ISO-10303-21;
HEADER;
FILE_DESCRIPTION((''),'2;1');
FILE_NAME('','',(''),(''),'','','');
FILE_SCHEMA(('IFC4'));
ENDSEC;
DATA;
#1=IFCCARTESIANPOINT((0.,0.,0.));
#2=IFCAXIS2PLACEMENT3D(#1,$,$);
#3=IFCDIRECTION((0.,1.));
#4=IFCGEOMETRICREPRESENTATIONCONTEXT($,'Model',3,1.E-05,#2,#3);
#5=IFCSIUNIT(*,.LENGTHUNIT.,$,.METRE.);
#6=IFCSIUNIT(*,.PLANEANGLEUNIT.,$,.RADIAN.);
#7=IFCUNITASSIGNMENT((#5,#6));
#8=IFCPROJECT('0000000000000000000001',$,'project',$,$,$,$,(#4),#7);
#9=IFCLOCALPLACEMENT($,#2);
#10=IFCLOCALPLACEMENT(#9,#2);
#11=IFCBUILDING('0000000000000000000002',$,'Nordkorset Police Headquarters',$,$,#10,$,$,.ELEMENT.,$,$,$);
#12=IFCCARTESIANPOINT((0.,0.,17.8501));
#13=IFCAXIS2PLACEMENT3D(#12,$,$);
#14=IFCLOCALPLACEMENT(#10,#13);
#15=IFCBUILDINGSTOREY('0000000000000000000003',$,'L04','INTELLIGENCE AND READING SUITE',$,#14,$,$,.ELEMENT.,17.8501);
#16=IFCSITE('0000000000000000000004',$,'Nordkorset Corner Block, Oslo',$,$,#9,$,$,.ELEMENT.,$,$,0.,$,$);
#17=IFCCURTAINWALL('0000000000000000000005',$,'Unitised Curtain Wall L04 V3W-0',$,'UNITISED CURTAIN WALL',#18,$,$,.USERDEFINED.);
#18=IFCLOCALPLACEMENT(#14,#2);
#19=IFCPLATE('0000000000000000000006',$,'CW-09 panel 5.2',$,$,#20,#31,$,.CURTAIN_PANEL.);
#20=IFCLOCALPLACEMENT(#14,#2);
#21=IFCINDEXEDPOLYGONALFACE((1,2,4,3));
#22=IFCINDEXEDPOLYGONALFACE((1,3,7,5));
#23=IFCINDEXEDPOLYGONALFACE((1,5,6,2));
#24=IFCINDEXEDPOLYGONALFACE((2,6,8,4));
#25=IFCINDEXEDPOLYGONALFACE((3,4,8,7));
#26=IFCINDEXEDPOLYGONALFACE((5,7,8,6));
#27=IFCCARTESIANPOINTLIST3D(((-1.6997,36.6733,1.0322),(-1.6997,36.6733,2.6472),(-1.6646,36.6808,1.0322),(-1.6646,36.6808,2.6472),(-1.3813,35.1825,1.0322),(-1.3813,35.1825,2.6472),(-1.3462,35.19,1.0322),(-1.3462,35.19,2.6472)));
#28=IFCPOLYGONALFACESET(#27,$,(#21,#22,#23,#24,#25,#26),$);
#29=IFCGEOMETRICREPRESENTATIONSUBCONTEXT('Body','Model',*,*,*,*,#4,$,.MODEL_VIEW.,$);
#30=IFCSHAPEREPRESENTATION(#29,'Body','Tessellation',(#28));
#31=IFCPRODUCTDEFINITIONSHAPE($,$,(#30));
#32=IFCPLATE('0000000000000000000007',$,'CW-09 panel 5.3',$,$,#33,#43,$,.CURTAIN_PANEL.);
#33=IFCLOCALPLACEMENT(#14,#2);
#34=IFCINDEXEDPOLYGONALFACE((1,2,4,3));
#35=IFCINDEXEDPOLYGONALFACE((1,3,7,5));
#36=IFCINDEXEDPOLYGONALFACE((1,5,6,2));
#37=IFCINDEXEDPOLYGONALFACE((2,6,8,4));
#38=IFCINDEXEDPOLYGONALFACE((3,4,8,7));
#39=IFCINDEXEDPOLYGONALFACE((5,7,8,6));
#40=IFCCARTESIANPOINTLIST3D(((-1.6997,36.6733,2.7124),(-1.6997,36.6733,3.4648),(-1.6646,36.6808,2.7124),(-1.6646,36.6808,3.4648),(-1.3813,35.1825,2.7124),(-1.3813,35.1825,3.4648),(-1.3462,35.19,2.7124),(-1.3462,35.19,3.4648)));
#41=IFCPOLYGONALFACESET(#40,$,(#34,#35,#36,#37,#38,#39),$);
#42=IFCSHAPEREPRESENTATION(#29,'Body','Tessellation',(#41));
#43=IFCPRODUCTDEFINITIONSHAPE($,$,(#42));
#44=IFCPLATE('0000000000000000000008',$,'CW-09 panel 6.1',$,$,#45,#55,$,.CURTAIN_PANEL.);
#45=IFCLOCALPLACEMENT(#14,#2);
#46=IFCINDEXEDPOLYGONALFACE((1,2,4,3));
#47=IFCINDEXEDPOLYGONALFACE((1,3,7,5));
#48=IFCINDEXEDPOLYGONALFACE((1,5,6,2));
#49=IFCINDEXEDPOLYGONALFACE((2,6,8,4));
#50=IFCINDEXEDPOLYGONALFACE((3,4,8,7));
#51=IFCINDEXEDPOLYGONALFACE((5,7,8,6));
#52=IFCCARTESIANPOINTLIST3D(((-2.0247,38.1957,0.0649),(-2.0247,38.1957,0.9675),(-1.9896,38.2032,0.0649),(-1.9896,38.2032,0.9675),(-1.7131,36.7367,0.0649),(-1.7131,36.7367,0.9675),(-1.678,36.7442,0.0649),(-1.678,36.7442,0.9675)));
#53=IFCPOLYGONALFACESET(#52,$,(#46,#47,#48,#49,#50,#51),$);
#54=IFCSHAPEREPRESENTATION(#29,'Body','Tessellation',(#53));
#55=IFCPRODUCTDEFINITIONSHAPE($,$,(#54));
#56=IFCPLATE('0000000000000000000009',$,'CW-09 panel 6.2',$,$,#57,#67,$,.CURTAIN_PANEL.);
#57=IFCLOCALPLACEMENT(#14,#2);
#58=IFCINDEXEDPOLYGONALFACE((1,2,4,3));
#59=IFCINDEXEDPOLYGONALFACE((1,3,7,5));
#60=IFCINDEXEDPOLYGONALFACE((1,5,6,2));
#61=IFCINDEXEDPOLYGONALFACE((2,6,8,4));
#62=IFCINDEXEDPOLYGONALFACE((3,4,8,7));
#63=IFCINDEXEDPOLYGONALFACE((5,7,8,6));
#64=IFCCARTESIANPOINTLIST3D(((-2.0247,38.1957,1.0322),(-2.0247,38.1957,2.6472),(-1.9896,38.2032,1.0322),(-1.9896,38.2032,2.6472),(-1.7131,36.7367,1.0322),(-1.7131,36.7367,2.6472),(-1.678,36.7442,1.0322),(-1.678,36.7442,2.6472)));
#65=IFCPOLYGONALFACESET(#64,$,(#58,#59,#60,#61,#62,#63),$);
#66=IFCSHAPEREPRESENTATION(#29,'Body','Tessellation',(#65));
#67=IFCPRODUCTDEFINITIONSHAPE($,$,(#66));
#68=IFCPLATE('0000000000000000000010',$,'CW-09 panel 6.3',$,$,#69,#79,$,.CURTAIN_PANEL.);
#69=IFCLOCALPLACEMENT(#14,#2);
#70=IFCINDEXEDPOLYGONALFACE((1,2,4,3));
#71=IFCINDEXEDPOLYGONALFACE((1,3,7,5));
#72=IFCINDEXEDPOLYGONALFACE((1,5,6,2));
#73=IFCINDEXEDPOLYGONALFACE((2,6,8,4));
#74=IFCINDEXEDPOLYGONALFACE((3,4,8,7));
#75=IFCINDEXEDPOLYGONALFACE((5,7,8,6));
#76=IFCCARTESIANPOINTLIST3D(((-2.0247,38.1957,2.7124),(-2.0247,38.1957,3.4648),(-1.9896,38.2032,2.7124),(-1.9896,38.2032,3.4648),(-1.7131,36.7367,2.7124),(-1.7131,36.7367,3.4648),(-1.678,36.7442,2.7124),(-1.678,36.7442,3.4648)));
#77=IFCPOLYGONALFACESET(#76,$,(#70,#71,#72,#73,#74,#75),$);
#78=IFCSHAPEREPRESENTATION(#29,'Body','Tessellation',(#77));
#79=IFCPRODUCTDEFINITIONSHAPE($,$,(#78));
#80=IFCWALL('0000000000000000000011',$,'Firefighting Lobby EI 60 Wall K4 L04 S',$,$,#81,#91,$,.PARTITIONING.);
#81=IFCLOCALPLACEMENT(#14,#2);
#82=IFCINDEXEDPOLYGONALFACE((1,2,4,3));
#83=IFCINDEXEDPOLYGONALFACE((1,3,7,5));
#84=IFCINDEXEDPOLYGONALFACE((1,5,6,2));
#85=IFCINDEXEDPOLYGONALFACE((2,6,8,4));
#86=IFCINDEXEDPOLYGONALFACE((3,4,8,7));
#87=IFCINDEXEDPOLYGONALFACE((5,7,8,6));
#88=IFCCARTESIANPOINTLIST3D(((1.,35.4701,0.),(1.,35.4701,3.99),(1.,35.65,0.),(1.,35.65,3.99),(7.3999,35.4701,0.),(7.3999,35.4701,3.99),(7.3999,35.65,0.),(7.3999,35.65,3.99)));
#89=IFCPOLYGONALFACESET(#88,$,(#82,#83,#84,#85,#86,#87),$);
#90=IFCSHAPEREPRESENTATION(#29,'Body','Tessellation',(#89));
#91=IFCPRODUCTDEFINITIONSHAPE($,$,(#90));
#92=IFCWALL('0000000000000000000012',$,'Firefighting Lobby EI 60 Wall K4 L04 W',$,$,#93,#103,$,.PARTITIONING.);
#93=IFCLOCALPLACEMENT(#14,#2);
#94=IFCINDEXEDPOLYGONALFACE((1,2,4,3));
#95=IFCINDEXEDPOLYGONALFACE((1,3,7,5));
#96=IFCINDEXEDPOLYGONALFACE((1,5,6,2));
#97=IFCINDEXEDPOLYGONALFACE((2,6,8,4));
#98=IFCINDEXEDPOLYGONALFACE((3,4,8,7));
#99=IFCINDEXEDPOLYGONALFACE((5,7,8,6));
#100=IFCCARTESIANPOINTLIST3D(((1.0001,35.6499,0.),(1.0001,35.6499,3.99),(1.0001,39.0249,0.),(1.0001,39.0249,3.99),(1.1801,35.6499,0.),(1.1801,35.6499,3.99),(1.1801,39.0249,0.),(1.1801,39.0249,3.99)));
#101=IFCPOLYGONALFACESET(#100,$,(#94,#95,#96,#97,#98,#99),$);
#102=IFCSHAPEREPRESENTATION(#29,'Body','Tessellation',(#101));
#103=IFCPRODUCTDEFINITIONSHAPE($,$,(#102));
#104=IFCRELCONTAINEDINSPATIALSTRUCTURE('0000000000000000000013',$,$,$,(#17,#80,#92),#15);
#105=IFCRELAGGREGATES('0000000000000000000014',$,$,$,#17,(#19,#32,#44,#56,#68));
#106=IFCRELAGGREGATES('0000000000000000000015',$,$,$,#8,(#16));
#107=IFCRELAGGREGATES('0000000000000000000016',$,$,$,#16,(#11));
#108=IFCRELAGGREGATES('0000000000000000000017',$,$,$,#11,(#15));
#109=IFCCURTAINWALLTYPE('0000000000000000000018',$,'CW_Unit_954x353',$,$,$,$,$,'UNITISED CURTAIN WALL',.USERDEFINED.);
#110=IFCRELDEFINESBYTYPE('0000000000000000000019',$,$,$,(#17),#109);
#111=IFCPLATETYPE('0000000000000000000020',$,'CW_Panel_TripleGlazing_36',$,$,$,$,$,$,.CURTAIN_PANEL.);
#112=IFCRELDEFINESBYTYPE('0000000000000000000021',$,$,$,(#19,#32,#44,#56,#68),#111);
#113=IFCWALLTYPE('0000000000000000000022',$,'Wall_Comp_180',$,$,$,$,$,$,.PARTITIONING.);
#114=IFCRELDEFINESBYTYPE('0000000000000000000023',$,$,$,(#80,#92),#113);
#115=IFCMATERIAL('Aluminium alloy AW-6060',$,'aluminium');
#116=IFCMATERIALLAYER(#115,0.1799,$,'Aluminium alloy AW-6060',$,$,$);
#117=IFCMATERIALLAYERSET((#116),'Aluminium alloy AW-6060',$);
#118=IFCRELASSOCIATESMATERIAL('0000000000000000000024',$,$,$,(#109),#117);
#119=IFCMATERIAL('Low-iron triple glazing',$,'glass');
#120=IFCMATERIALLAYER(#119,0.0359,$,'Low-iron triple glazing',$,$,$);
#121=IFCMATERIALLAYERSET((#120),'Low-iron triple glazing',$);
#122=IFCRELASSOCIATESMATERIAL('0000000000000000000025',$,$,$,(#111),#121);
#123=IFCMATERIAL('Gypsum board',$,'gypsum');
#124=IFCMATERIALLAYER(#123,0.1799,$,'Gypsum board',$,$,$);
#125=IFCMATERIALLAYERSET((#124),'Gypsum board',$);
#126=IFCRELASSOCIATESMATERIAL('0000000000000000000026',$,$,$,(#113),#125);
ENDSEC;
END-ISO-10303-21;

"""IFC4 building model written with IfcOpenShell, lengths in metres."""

from ifc_helpers import new_model, si_unit, direction, frame, frame_2d, origin, origin_2d, place, context, subcontext, project, spatial, rectangle, extrude, material, layer, layer_set, type_object, element, aggregate, save


model = new_model("IFC4")

# Units and contexts
model_context = context("Model", 3, precision=1e-05, world=origin(), true_north=direction((0.0, 1.0)))
body_context = subcontext(model_context, "Body", "Model", "MODEL_VIEW")
ifc_project = project(units=[si_unit("LENGTHUNIT", "METRE"), si_unit("PLANEANGLEUNIT", "RADIAN")], contexts=[model_context])

# Site, building, storey
site_placement = place(None, origin())
site = spatial("IfcSite", under=ifc_project, at=site_placement, Name="Nordkorset Corner Block, Oslo", CompositionType="ELEMENT", RefElevation=0.0)
building_placement = place(site_placement, origin())
building = spatial("IfcBuilding", under=site, at=building_placement, Name="Nordkorset Police Headquarters", CompositionType="ELEMENT")
storey_placement = place(building_placement, frame((0.0, 0.0, 17.8501)))
storey = spatial("IfcBuildingStorey", under=building, at=storey_placement, Name="L04", Description="INTELLIGENCE AND READING SUITE", CompositionType="ELEMENT", Elevation=17.8501)

# Curtain wall
ifc_material_1 = material(Name="Aluminium alloy AW-6060", Category="aluminium")
ifc_layer_1 = layer(ifc_material_1, 0.1799, Name="Aluminium alloy AW-6060")
ifc_layer_set_1 = layer_set([ifc_layer_1], Name="Aluminium alloy AW-6060")
curtain_wall_type_1 = type_object("IfcCurtainWallType", Name="CW_Unit_954x353", ElementType="UNITISED CURTAIN WALL", PredefinedType="USERDEFINED", material=ifc_layer_set_1)
curtain_wall_1_placement = place(storey_placement, origin())
curtain_wall_1 = element("IfcCurtainWall", 1, at=curtain_wall_1_placement, inside=storey, type_object=curtain_wall_type_1, Name="Unitised Curtain Wall L04 V3W-0", ObjectType="UNITISED CURTAIN WALL", PredefinedType="USERDEFINED")

# Plates
ifc_material_2 = material(Name="Low-iron triple glazing", Category="glass")
ifc_layer_2 = layer(ifc_material_2, 0.0359, Name="Low-iron triple glazing")
ifc_layer_set_2 = layer_set([ifc_layer_2], Name="Low-iron triple glazing")
plate_type = type_object("IfcPlateType", Name="CW_Panel_TripleGlazing_36", PredefinedType="CURTAIN_PANEL", material=ifc_layer_set_2)
plate_1_placement = place(storey_placement, frame((-1.5229, 35.9316, 1.0322), z_axis=(0.0, 0.0, 1.0), x_axis=(-0.208833, 0.977951, 0.0)))
plate_1 = element("IfcPlate", 2, at=plate_1_placement, type_object=plate_type, Name="CW-09 panel 5.2", PredefinedType="CURTAIN_PANEL", context=body_context, shape_type="SweptSolid", body=[
    extrude(rectangle(XDim=1.5244, YDim=0.0359, at=origin_2d()), origin(), (0.0, 0.0, 1.0), 1.615),
])
plate_2_placement = place(storey_placement, frame((-1.5229, 35.9316, 2.7124), z_axis=(0.0, 0.0, 1.0), x_axis=(-0.208833, 0.977951, 0.0)))
plate_2 = element("IfcPlate", 3, at=plate_2_placement, type_object=plate_type, Name="CW-09 panel 5.3", PredefinedType="CURTAIN_PANEL", context=body_context, shape_type="SweptSolid", body=[
    extrude(rectangle(XDim=1.5244, YDim=0.0359, at=origin_2d()), origin(), (0.0, 0.0, 1.0), 0.7524),
])
plate_3_placement = place(storey_placement, frame((-1.8513, 37.47, 0.0649), z_axis=(0.0, 0.0, 1.0), x_axis=(-0.208833, 0.977951, 0.0)))
plate_3 = element("IfcPlate", 4, at=plate_3_placement, type_object=plate_type, Name="CW-09 panel 6.1", PredefinedType="CURTAIN_PANEL", context=body_context, shape_type="SweptSolid", body=[
    extrude(rectangle(XDim=1.4919, YDim=0.0359, at=origin_2d()), origin(), (0.0, 0.0, 1.0), 0.9026),
])
plate_4_placement = place(storey_placement, frame((-1.8513, 37.47, 1.0322), z_axis=(0.0, 0.0, 1.0), x_axis=(-0.208833, 0.977951, 0.0)))
plate_4 = element("IfcPlate", 5, at=plate_4_placement, type_object=plate_type, Name="CW-09 panel 6.2", PredefinedType="CURTAIN_PANEL", context=body_context, shape_type="SweptSolid", body=[
    extrude(rectangle(XDim=1.4919, YDim=0.0359, at=origin_2d()), origin(), (0.0, 0.0, 1.0), 1.615),
])
plate_5_placement = place(storey_placement, frame((-1.8513, 37.47, 2.7124), z_axis=(0.0, 0.0, 1.0), x_axis=(-0.208833, 0.977951, 0.0)))
plate_5 = element("IfcPlate", 6, at=plate_5_placement, type_object=plate_type, Name="CW-09 panel 6.3", PredefinedType="CURTAIN_PANEL", context=body_context, shape_type="SweptSolid", body=[
    extrude(rectangle(XDim=1.4919, YDim=0.0359, at=origin_2d()), origin(), (0.0, 0.0, 1.0), 0.7524),
])
aggregate(curtain_wall_1, [plate_1, plate_2, plate_3, plate_4, plate_5])

# Walls
ifc_material_3 = material(Name="Gypsum board", Category="gypsum")
ifc_layer_3 = layer(ifc_material_3, 0.1799, Name="Gypsum board")
ifc_layer_set_3 = layer_set([ifc_layer_3], Name="Gypsum board")
wall_type = type_object("IfcWallType", Name="Wall_Comp_180", PredefinedType="PARTITIONING", material=ifc_layer_set_3)
wall_1_placement = place(storey_placement, frame((1.0, 35.5601, 0.0), z_axis=(0.0, 0.0, 1.0), x_axis=(1.0, 0.0, 0.0)))
element("IfcWall", 7, at=wall_1_placement, inside=storey, type_object=wall_type, Name="Firefighting Lobby EI 60 Wall K4 L04 S", PredefinedType="PARTITIONING", context=body_context, shape_type="SweptSolid", body=[
    extrude(rectangle(XDim=6.3999, YDim=0.1799, at=frame_2d((3.2, 0.0))), origin(), (0.0, 0.0, 1.0), 3.99),
])
wall_2_placement = place(storey_placement, frame((1.0901, 35.6499, 0.0), z_axis=(0.0, 0.0, 1.0), x_axis=(0.0, 1.0, 0.0)))
element("IfcWall", 8, at=wall_2_placement, inside=storey, type_object=wall_type, Name="Firefighting Lobby EI 60 Wall K4 L04 W", PredefinedType="PARTITIONING", context=body_context, shape_type="SweptSolid", body=[
    extrude(rectangle(XDim=3.375, YDim=0.1799, at=frame_2d((1.6875, 0.0))), origin(), (0.0, 0.0, 1.0), 3.99),
])

save(model, "model.ifc")
